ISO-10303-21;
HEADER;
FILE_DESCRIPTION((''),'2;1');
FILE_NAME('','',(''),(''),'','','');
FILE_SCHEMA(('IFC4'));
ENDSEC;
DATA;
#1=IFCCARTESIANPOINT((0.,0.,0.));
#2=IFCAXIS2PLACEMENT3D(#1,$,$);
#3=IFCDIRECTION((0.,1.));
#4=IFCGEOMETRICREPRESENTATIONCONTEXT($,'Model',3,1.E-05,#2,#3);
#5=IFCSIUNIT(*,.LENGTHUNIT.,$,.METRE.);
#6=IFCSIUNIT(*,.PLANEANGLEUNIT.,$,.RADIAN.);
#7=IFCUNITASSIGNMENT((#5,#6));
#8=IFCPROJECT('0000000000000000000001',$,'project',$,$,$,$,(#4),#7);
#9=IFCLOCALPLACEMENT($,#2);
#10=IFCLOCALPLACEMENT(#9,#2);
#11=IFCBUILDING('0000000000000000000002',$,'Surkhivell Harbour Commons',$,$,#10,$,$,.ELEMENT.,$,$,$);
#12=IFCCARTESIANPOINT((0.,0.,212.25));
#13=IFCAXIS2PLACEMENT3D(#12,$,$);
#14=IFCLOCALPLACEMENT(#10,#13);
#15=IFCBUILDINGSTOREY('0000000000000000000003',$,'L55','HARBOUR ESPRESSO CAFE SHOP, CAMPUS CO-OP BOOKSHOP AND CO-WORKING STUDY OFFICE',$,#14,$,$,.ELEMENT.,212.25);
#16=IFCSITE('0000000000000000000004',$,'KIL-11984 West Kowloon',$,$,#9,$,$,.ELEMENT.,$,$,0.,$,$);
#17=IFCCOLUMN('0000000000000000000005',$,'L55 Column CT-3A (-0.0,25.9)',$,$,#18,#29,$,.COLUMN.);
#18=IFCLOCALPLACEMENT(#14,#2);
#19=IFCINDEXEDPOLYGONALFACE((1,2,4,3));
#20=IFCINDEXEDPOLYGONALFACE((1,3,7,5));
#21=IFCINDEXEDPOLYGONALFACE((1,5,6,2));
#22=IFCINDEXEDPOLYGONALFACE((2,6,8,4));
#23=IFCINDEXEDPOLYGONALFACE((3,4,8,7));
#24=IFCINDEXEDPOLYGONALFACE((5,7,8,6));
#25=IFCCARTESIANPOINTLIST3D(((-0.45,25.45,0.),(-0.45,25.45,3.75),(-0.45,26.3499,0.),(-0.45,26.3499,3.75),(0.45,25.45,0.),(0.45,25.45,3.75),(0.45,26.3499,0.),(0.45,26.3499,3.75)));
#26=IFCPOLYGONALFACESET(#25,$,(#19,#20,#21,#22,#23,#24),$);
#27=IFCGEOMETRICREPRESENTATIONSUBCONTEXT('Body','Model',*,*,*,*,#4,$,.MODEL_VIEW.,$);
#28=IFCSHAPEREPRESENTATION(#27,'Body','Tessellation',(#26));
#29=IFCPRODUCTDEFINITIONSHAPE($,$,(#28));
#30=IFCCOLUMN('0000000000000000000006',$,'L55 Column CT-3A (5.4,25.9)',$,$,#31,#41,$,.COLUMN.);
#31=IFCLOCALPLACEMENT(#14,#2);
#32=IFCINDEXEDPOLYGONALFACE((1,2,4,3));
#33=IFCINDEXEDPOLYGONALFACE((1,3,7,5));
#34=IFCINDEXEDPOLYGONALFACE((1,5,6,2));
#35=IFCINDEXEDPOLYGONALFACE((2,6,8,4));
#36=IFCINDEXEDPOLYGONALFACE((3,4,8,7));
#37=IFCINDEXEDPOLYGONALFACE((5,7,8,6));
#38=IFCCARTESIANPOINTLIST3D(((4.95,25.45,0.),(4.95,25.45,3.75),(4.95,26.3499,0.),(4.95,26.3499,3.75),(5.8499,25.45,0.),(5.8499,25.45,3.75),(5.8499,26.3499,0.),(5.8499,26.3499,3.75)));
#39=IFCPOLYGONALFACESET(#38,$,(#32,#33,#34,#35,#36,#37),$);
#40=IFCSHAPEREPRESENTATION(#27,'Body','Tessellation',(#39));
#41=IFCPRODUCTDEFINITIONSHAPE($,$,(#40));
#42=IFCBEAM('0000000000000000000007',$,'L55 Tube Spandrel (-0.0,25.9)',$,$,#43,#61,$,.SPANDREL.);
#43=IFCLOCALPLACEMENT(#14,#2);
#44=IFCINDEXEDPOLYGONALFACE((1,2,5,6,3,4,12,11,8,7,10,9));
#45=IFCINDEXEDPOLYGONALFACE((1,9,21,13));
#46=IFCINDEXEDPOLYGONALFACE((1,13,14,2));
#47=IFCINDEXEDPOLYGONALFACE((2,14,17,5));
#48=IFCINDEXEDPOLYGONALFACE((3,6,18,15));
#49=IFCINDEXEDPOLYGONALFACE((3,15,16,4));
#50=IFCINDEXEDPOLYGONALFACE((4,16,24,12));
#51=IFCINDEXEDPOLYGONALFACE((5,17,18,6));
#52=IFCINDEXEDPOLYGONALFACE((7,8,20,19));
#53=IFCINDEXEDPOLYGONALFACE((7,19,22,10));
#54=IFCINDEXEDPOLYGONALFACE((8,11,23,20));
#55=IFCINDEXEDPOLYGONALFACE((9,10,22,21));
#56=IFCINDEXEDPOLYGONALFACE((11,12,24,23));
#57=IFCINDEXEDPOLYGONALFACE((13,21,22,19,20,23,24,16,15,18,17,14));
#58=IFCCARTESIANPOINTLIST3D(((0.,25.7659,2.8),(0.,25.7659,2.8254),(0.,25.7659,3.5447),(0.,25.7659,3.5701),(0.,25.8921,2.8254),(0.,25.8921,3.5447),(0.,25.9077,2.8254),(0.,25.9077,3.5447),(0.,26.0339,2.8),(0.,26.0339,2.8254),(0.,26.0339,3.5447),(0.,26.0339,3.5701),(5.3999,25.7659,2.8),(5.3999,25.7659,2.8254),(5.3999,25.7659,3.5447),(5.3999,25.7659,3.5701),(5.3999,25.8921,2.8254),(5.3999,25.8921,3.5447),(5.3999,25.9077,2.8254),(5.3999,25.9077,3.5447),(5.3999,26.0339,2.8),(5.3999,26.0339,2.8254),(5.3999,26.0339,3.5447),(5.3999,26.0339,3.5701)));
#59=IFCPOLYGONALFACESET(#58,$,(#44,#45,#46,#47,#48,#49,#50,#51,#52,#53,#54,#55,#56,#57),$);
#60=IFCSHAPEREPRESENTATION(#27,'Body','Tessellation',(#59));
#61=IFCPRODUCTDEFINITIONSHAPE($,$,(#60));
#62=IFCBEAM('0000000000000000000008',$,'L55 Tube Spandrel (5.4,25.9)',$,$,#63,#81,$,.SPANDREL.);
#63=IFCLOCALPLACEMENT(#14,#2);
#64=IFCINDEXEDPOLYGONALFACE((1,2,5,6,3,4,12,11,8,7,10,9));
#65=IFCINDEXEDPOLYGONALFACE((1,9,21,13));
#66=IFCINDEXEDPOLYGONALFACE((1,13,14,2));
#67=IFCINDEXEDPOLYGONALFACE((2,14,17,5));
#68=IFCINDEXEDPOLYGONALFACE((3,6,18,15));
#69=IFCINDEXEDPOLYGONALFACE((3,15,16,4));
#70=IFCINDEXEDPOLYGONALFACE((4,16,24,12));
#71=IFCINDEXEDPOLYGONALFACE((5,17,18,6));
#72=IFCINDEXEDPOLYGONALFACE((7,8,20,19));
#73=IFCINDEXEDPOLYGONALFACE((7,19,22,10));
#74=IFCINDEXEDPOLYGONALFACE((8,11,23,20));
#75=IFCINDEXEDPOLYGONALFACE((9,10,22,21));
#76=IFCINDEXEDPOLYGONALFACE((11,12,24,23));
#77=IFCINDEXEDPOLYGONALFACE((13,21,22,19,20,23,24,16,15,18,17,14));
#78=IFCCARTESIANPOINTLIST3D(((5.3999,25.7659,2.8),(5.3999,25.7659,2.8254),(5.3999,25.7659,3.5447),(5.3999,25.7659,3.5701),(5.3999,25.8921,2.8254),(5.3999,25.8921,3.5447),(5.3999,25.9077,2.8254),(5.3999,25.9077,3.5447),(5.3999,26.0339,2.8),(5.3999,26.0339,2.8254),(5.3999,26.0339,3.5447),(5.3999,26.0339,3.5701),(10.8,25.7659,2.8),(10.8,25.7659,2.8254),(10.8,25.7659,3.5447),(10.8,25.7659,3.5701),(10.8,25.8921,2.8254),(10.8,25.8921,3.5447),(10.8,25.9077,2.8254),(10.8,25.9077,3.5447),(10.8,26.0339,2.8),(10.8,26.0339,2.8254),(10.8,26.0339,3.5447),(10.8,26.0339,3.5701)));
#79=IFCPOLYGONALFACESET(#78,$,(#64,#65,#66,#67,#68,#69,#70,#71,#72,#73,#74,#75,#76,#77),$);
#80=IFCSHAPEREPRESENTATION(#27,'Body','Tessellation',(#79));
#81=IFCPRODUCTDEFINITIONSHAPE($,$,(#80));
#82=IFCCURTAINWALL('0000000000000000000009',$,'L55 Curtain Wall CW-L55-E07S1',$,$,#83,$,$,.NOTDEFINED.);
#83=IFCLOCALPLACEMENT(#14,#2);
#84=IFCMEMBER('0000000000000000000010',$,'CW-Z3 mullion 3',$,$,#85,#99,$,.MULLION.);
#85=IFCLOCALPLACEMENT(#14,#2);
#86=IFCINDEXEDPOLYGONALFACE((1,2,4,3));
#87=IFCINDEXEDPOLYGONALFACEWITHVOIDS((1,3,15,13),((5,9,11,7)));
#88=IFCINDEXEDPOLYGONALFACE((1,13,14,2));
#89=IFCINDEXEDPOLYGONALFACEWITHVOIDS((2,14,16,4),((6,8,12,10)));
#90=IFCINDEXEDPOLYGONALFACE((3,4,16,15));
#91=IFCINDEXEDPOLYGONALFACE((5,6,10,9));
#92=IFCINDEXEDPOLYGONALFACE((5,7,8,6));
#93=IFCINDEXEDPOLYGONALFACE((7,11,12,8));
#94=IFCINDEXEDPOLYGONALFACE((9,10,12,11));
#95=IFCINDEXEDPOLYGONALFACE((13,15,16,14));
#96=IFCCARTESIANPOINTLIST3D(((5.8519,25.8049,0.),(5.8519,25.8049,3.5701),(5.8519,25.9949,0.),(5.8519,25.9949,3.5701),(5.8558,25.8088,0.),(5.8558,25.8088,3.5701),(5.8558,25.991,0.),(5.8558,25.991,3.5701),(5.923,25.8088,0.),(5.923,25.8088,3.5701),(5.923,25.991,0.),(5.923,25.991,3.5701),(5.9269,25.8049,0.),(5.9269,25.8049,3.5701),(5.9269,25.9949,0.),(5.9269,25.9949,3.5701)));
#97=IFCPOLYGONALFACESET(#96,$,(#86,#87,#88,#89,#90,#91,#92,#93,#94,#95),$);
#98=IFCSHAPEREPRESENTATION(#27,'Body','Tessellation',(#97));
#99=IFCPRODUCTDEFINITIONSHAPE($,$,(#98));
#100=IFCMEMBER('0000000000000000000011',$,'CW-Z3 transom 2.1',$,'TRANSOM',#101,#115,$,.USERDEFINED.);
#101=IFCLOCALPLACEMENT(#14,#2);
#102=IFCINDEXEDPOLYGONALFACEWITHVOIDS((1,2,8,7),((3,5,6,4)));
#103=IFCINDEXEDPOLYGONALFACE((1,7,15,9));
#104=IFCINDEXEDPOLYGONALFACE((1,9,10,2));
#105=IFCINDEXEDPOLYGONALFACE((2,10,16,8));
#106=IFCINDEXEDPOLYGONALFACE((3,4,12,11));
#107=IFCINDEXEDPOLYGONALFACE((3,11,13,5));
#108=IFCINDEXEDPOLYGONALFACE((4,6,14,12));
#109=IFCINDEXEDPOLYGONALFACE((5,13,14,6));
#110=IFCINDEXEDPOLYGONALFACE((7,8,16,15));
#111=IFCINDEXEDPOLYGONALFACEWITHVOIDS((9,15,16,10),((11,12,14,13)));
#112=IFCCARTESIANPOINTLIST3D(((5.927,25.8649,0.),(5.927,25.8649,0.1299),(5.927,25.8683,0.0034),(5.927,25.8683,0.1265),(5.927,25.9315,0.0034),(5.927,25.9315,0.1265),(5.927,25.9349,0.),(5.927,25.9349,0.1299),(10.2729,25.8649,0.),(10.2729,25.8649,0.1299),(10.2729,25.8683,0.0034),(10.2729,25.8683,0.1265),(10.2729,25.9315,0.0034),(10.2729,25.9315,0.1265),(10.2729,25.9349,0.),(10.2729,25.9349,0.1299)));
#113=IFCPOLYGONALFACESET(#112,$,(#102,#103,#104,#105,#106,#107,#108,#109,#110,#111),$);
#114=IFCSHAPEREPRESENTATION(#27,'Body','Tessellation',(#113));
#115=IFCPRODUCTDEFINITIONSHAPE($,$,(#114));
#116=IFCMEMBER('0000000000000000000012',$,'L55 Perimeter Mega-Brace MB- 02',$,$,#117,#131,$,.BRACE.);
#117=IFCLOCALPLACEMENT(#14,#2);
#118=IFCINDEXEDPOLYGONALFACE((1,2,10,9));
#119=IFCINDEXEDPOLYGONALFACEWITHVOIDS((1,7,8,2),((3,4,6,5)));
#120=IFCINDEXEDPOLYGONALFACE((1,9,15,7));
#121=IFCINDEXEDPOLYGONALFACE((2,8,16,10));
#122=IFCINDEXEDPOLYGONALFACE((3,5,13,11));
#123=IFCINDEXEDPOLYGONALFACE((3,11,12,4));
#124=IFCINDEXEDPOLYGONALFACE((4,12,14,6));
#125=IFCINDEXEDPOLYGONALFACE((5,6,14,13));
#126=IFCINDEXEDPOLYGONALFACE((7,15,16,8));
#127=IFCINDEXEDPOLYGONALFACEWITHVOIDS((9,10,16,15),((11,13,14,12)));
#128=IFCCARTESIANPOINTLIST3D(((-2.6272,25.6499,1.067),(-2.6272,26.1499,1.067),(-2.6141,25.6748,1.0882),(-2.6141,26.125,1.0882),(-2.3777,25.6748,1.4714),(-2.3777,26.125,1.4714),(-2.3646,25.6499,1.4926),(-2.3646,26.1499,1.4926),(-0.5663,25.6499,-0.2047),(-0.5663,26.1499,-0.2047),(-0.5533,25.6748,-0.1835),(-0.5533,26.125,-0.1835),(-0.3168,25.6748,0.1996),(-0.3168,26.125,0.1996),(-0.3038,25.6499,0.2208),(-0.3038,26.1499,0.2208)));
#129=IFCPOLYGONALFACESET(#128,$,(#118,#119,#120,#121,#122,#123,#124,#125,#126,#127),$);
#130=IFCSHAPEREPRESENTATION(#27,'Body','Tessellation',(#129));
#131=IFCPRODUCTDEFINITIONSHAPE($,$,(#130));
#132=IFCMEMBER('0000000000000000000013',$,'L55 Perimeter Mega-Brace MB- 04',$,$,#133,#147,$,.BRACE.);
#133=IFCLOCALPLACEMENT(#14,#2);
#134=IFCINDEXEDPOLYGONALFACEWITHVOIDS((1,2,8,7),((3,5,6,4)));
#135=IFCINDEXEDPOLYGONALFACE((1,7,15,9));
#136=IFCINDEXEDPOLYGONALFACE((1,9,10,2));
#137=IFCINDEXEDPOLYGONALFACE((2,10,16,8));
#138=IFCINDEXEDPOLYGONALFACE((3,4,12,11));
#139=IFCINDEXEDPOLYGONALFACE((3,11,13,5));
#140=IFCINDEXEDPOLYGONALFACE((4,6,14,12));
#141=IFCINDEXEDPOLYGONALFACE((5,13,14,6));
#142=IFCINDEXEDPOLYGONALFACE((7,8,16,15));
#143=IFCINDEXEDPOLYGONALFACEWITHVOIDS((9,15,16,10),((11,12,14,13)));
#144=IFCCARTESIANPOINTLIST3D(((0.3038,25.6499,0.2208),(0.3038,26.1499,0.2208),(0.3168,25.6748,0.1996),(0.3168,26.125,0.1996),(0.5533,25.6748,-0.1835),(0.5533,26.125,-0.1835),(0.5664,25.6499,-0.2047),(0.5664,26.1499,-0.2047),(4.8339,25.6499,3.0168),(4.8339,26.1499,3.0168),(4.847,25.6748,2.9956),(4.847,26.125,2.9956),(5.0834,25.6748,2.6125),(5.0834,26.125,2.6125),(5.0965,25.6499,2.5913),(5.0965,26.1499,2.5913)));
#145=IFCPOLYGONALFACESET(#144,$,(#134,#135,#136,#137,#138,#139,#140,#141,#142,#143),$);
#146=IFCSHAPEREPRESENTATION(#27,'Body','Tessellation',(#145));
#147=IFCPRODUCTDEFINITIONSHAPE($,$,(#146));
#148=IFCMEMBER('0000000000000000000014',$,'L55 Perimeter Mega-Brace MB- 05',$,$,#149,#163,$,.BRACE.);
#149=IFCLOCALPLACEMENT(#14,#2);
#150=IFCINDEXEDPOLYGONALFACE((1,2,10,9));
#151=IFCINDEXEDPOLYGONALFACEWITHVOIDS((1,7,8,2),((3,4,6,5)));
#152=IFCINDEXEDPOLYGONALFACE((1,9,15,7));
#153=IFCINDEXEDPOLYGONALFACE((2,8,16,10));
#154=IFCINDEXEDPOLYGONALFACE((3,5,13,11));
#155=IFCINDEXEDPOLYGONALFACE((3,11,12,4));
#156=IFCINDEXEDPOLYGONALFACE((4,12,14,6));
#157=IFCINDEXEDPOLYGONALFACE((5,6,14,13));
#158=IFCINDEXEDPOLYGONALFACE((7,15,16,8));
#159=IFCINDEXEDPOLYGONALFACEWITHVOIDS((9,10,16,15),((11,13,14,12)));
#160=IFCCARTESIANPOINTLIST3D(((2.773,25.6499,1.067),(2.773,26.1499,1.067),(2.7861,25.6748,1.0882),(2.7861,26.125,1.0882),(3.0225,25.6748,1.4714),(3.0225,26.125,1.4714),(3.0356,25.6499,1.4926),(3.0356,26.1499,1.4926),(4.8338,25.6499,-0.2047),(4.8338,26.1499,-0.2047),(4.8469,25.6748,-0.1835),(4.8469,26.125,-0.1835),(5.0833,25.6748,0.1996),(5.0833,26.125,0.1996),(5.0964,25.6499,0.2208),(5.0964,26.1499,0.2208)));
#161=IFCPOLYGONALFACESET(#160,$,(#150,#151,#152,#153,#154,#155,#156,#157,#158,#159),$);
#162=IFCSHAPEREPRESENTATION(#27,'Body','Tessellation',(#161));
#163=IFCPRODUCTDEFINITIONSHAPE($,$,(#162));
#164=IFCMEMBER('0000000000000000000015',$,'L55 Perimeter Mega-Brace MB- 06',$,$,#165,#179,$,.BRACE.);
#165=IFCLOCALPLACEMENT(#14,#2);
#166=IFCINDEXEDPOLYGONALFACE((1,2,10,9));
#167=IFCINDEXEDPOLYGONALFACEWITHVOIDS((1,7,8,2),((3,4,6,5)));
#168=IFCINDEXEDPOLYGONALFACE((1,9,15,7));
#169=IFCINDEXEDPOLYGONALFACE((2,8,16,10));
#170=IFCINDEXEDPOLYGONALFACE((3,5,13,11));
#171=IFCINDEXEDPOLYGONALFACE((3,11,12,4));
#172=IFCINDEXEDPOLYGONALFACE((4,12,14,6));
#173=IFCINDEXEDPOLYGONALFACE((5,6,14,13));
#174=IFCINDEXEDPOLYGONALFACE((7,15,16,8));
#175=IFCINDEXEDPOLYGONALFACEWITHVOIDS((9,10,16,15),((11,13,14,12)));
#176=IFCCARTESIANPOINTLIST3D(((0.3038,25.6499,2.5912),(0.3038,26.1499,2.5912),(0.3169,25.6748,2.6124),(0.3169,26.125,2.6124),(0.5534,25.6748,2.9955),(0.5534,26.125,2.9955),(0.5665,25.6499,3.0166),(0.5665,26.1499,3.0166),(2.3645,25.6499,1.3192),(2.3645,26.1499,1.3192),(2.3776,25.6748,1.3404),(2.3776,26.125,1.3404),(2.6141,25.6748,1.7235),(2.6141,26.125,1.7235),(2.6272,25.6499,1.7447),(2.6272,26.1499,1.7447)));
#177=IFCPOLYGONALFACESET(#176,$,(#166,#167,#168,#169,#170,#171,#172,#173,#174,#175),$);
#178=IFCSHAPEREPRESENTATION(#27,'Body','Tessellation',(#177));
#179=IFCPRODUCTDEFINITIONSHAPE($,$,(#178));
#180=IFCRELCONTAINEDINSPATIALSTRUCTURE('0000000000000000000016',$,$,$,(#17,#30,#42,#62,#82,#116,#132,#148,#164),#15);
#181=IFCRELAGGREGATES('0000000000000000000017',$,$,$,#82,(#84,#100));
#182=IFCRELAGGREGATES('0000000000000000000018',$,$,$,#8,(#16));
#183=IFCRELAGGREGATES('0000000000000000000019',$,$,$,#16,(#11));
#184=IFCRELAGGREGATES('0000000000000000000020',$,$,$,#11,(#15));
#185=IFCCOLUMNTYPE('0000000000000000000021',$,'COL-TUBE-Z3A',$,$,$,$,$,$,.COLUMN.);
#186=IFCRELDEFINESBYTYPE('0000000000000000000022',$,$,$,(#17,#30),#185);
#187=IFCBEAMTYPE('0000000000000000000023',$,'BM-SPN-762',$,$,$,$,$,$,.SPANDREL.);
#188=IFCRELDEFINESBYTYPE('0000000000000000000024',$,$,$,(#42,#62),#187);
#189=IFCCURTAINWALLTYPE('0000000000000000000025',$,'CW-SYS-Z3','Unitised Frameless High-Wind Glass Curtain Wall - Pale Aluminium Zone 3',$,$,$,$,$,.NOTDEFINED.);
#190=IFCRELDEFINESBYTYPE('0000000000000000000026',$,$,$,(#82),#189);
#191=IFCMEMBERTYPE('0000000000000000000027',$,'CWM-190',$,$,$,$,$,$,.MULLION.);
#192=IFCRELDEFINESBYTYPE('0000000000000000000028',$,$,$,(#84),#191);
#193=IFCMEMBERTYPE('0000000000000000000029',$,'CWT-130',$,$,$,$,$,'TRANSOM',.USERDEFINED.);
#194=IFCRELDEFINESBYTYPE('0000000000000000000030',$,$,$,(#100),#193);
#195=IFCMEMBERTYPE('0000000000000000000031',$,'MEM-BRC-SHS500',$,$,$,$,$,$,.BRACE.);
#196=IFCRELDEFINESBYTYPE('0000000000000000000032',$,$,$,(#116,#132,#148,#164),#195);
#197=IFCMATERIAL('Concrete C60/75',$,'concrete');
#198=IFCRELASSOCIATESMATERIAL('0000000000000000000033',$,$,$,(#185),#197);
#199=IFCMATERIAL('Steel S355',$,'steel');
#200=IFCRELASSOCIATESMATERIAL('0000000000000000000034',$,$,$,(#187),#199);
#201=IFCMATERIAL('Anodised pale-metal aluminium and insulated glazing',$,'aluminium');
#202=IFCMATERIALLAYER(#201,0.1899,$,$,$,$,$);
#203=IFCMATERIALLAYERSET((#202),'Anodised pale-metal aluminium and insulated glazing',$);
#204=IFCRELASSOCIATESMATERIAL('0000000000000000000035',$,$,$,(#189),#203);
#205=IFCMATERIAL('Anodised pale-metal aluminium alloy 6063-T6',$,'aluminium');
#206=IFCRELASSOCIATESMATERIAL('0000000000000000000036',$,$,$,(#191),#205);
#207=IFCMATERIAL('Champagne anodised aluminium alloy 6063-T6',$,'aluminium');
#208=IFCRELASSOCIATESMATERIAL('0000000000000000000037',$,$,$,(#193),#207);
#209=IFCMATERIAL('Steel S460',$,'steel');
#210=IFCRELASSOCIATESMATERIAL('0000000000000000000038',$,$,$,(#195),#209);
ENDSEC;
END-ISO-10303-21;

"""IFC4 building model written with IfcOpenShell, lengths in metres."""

from ifc_helpers import new_model, si_unit, direction, frame, origin, origin_2d, place, context, subcontext, project, spatial, rectangle, hollow_rectangle, i_section, extrude, material, layer, layer_set, material_profile, profile_set, type_object, element, aggregate, save


model = new_model("IFC4")

# Units and contexts
model_context = context("Model", 3, precision=1e-05, world=origin(), true_north=direction((0.0, 1.0)))
body_context = subcontext(model_context, "Body", "Model", "MODEL_VIEW")
ifc_project = project(units=[si_unit("LENGTHUNIT", "METRE"), si_unit("PLANEANGLEUNIT", "RADIAN")], contexts=[model_context])

# Site, building, storey
site_placement = place(None, origin())
site = spatial("IfcSite", under=ifc_project, at=site_placement, Name="KIL-11984 West Kowloon", CompositionType="ELEMENT", RefElevation=0.0)
building_placement = place(site_placement, origin())
building = spatial("IfcBuilding", under=site, at=building_placement, Name="Surkhivell Harbour Commons", CompositionType="ELEMENT")
storey_placement = place(building_placement, frame((0.0, 0.0, 212.25)))
storey = spatial("IfcBuildingStorey", under=building, at=storey_placement, Name="L55", Description="HARBOUR ESPRESSO CAFE SHOP, CAMPUS CO-OP BOOKSHOP AND CO-WORKING STUDY OFFICE", CompositionType="ELEMENT", Elevation=212.25)

# Columns
ifc_material_1 = material(Name="Concrete C60/75", Category="concrete")
ifc_material_profile_1 = material_profile(ifc_material_1, rectangle(XDim=0.8999, YDim=0.8999, at=origin_2d()), Name="RC-COL-900x900")
ifc_profile_set_1 = profile_set([ifc_material_profile_1], Name="Concrete C60/75")
column_type = type_object("IfcColumnType", Name="COL-TUBE-Z3A", PredefinedType="COLUMN", material=ifc_profile_set_1)
for number, where, z_axis, x_axis, name in (
    (1, (0.0, 25.8999, 0.0), (0.0, 0.0, 1.0), (1.0, 0.0, 0.0), "L55 Column CT-3A (-0.0,25.9)"),
    (2, (5.3999, 25.8999, 0.0), (0.0, 0.0, 1.0), (1.0, 0.0, 0.0), "L55 Column CT-3A (5.4,25.9)"),
):
    element("IfcColumn", number, at=place(storey_placement, frame(where, z_axis=z_axis, x_axis=x_axis)), inside=storey, type_object=column_type, Name=name, PredefinedType="COLUMN", context=body_context, shape_type="SweptSolid", body=[
        extrude(rectangle(XDim=0.8999, YDim=0.8999, at=origin_2d()), origin(), (0.0, 0.0, 1.0), 3.75),
    ])

# Beams
ifc_material_2 = material(Name="Steel S355", Category="steel")
ifc_material_profile_2 = material_profile(ifc_material_2, i_section(OverallWidth=0.2681, OverallDepth=0.77, WebThickness=0.0156, FlangeThickness=0.0254, at=origin_2d()), Name="UB762x267x197")
ifc_profile_set_2 = profile_set([ifc_material_profile_2], Name="Steel S355")
beam_type = type_object("IfcBeamType", Name="BM-SPN-762", PredefinedType="SPANDREL", material=ifc_profile_set_2)
beam_1_placement = place(storey_placement, frame((0.0, 25.8999, 3.1851), z_axis=(1.0, 0.0, 0.0), x_axis=(0.0, 1.0, 0.0)))
element("IfcBeam", 3, at=beam_1_placement, inside=storey, type_object=beam_type, Name="L55 Tube Spandrel (-0.0,25.9)", PredefinedType="SPANDREL", context=body_context, shape_type="SweptSolid", body=[
    extrude(i_section(OverallWidth=0.2681, OverallDepth=0.77, WebThickness=0.0156, FlangeThickness=0.0254, at=origin_2d()), origin(), (0.0, 0.0, 1.0), 5.3999),
])
beam_2_placement = place(storey_placement, frame((5.3999, 25.8999, 3.1851), z_axis=(1.0, 0.0, 0.0), x_axis=(0.0, 1.0, 0.0)))
element("IfcBeam", 4, at=beam_2_placement, inside=storey, type_object=beam_type, Name="L55 Tube Spandrel (5.4,25.9)", PredefinedType="SPANDREL", context=body_context, shape_type="SweptSolid", body=[
    extrude(i_section(OverallWidth=0.2681, OverallDepth=0.77, WebThickness=0.0156, FlangeThickness=0.0254, at=origin_2d()), origin(), (0.0, 0.0, 1.0), 5.4001),
])

# Curtain wall, members
ifc_material_3 = material(Name="Anodised pale-metal aluminium and insulated glazing", Category="aluminium")
ifc_layer_1 = layer(ifc_material_3, 0.1899)
ifc_layer_set_1 = layer_set([ifc_layer_1], Name="Anodised pale-metal aluminium and insulated glazing")
curtain_wall_type = type_object("IfcCurtainWallType", Name="CW-SYS-Z3", Description="Unitised Frameless High-Wind Glass Curtain Wall - Pale Aluminium Zone 3", PredefinedType="NOTDEFINED", material=ifc_layer_set_1)
curtain_wall_placement = place(storey_placement, origin())
curtain_wall = element("IfcCurtainWall", 5, at=curtain_wall_placement, inside=storey, type_object=curtain_wall_type, Name="L55 Curtain Wall CW-L55-E07S1", PredefinedType="NOTDEFINED")
ifc_material_4 = material(Name="Anodised pale-metal aluminium alloy 6063-T6", Category="aluminium")
ifc_material_profile_3 = material_profile(ifc_material_4, hollow_rectangle(XDim=0.075, YDim=0.1899, WallThickness=0.0039, at=origin_2d()), Name="ALU-MULL-75x190")
ifc_profile_set_3 = profile_set([ifc_material_profile_3], Name="Anodised pale-metal aluminium alloy 6063-T6")
member_type_1 = type_object("IfcMemberType", Name="CWM-190", PredefinedType="MULLION", material=ifc_profile_set_3)
member_1_placement = place(storey_placement, frame((5.8894, 25.8999, 0.0), z_axis=(0.0, 0.0, 1.0), x_axis=(-1.0, 0.0, 0.0)))
member_1 = element("IfcMember", 6, at=member_1_placement, type_object=member_type_1, Name="CW-Z3 mullion 3", PredefinedType="MULLION", context=body_context, shape_type="SweptSolid", body=[
    extrude(hollow_rectangle(XDim=0.075, YDim=0.1899, WallThickness=0.0039, at=origin_2d()), origin(), (0.0, 0.0, 1.0), 3.5701),
])
ifc_material_5 = material(Name="Champagne anodised aluminium alloy 6063-T6", Category="aluminium")
ifc_material_profile_4 = material_profile(ifc_material_5, hollow_rectangle(XDim=0.0701, YDim=0.1299, WallThickness=0.0034, at=origin_2d()), Name="ALU-TRAN-70x130")
ifc_profile_set_4 = profile_set([ifc_material_profile_4], Name="Champagne anodised aluminium alloy 6063-T6")
member_type_2 = type_object("IfcMemberType", Name="CWT-130", ElementType="TRANSOM", PredefinedType="USERDEFINED", material=ifc_profile_set_4)
member_2_placement = place(storey_placement, frame((10.2729, 25.8999, 0.0649), z_axis=(-1.0, 0.0, 0.0), x_axis=(0.0, -1.0, 0.0)))
member_2 = element("IfcMember", 7, at=member_2_placement, type_object=member_type_2, Name="CW-Z3 transom 2.1", ObjectType="TRANSOM", PredefinedType="USERDEFINED", context=body_context, shape_type="SweptSolid", body=[
    extrude(hollow_rectangle(XDim=0.0701, YDim=0.1299, WallThickness=0.0034, at=origin_2d()), origin(), (0.0, 0.0, 1.0), 4.3459),
])

# Members
ifc_material_6 = material(Name="Steel S460", Category="steel")
ifc_material_profile_5 = material_profile(ifc_material_6, hollow_rectangle(XDim=0.5, YDim=0.5, WallThickness=0.0249, at=origin_2d()), Name="SHS500x500x25")
ifc_profile_set_5 = profile_set([ifc_material_profile_5], Name="Steel S460")
member_type_3 = type_object("IfcMemberType", Name="MEM-BRC-SHS500", PredefinedType="BRACE", material=ifc_profile_set_5)
member_3_placement = place(storey_placement, frame((-0.4351, 25.8999, 0.0081), z_axis=(-0.851003, 0.0, 0.52516), x_axis=(0.0, -1.0, 0.0)))
element("IfcMember", 8, at=member_3_placement, inside=storey, type_object=member_type_3, Name="L55 Perimeter Mega-Brace MB- 02", PredefinedType="BRACE", context=body_context, shape_type="SweptSolid", body=[
    extrude(hollow_rectangle(XDim=0.5, YDim=0.5, WallThickness=0.0249, at=origin_2d()), origin(), (0.0, 0.0, 1.0), 2.4216),
])
member_4_placement = place(storey_placement, frame((0.4351, 25.8999, 0.0081), z_axis=(0.850971, 0.0, 0.525213), x_axis=(0.0, 1.0, 0.0)))
element("IfcMember", 9, at=member_4_placement, inside=storey, type_object=member_type_3, Name="L55 Perimeter Mega-Brace MB- 04", PredefinedType="BRACE", context=body_context, shape_type="SweptSolid", body=[
    extrude(hollow_rectangle(XDim=0.5, YDim=0.5, WallThickness=0.0249, at=origin_2d()), origin(), (0.0, 0.0, 1.0), 5.3235),
])
for number, where, z_axis, x_axis, name in (
    (10, (4.9651, 25.8999, 0.0081), (-0.851003, 0.0, 0.52516), (0.0, -1.0, 0.0), "L55 Perimeter Mega-Brace MB- 05"),
    (11, (2.4958, 25.8999, 1.532), (-0.850958, 0.0, 0.525233), (0.0, -1.0, 0.0), "L55 Perimeter Mega-Brace MB- 06"),
):
    element("IfcMember", number, at=place(storey_placement, frame(where, z_axis=z_axis, x_axis=x_axis)), inside=storey, type_object=member_type_3, Name=name, PredefinedType="BRACE", context=body_context, shape_type="SweptSolid", body=[
        extrude(hollow_rectangle(XDim=0.5, YDim=0.5, WallThickness=0.0249, at=origin_2d()), origin(), (0.0, 0.0, 1.0), 2.4216),
    ])

aggregate(curtain_wall, [member_1, member_2])

save(model, "model.ifc")
